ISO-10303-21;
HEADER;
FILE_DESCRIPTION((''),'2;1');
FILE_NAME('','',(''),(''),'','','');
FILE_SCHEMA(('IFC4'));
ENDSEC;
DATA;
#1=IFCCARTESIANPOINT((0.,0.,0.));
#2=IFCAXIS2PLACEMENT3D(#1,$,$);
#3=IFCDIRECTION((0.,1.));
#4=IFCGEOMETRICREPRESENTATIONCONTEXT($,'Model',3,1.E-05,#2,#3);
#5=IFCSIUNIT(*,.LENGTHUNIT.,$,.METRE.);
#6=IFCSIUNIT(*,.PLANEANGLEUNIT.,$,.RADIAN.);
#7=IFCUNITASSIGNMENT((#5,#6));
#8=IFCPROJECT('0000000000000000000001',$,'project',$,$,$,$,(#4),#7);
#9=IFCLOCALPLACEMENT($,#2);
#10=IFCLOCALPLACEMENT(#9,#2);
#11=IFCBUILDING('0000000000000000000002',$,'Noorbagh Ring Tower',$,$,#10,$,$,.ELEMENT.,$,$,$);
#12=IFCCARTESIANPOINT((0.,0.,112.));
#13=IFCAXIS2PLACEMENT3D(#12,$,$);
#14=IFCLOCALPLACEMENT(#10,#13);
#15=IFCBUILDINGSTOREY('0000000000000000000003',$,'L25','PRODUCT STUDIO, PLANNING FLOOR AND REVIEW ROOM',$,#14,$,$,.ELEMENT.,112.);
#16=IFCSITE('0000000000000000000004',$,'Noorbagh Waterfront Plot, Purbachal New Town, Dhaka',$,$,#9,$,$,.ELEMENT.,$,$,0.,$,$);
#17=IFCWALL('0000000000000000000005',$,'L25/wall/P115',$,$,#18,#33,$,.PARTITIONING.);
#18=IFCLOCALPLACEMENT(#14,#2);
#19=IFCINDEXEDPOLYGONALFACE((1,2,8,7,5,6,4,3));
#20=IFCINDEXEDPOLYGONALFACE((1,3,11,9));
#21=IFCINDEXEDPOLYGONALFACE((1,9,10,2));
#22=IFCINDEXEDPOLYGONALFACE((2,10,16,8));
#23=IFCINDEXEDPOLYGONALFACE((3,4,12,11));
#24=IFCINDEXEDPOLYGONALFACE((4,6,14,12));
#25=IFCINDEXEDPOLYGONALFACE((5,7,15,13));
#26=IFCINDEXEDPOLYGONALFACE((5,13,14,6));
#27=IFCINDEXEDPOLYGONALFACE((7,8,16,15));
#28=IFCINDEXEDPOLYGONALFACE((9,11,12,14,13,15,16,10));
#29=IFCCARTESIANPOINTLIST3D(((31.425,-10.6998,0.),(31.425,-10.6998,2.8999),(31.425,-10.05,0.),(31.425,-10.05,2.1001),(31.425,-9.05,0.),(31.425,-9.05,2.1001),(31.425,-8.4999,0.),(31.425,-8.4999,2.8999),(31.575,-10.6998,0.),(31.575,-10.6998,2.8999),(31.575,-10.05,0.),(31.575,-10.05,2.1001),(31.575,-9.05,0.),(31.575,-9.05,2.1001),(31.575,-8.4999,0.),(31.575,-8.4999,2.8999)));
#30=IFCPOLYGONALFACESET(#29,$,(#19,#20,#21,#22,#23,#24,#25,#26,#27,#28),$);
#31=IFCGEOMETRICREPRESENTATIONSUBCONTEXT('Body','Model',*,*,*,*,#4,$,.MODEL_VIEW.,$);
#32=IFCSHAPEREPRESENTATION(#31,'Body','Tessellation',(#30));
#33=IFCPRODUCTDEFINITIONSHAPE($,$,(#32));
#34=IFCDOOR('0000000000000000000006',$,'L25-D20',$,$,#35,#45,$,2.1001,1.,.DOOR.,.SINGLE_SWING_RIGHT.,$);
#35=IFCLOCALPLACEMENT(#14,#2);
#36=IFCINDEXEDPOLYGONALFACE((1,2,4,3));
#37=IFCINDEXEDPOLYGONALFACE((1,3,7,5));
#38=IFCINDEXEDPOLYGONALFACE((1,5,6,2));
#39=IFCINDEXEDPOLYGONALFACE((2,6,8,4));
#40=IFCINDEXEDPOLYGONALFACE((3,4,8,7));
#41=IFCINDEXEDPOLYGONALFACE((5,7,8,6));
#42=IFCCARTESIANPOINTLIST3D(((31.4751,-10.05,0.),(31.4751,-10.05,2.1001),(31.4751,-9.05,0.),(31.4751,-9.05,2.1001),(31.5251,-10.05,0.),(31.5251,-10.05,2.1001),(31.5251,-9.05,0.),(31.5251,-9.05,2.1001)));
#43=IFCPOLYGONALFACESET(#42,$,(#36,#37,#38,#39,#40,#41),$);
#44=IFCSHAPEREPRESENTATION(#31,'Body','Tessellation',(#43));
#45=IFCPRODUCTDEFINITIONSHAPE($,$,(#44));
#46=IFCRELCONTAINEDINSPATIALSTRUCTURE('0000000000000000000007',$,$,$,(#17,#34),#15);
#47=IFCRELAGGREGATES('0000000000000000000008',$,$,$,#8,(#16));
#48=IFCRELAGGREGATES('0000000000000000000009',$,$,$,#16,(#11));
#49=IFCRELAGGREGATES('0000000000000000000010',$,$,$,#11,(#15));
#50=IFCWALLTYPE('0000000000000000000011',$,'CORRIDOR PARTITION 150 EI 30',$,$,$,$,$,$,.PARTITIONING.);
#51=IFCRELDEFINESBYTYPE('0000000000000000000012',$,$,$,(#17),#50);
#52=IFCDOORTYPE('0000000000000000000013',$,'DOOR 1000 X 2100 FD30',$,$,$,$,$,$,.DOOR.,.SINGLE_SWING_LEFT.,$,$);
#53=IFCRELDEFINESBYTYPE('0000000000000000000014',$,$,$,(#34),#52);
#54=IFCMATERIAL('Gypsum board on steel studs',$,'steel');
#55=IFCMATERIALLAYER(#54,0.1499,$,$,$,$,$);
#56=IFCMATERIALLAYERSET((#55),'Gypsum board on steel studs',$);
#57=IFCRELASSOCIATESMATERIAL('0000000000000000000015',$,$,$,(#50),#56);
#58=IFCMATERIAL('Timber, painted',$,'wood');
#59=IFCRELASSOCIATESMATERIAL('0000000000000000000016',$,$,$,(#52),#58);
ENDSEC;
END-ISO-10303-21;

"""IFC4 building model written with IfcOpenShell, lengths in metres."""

from ifc_helpers import new_model, si_unit, direction, frame, frame_2d, origin, place, context, subcontext, project, spatial, rectangle, extrude, material, layer, layer_set, type_object, element, fill, save


model = new_model("IFC4")

# Units and contexts
model_context = context("Model", 3, precision=1e-05, world=origin(), true_north=direction((0.0, 1.0)))
body_context = subcontext(model_context, "Body", "Model", "MODEL_VIEW")
ifc_project = project(units=[si_unit("LENGTHUNIT", "METRE"), si_unit("PLANEANGLEUNIT", "RADIAN")], contexts=[model_context])

# Site, building, storey
site_placement = place(None, origin())
site = spatial("IfcSite", under=ifc_project, at=site_placement, Name="Noorbagh Waterfront Plot, Purbachal New Town, Dhaka", CompositionType="ELEMENT", RefElevation=0.0)
building_placement = place(site_placement, origin())
building = spatial("IfcBuilding", under=site, at=building_placement, Name="Noorbagh Ring Tower", CompositionType="ELEMENT")
storey_placement = place(building_placement, frame((0.0, 0.0, 112.0)))
storey = spatial("IfcBuildingStorey", under=building, at=storey_placement, Name="L25", Description="PRODUCT STUDIO, PLANNING FLOOR AND REVIEW ROOM", CompositionType="ELEMENT", Elevation=112.0)

# Wall, opening, door
ifc_material_1 = material(Name="Gypsum board on steel studs", Category="steel")
ifc_layer_1 = layer(ifc_material_1, 0.1499)
ifc_layer_set_1 = layer_set([ifc_layer_1], Name="Gypsum board on steel studs")
wall_type_1 = type_object("IfcWallType", Name="CORRIDOR PARTITION 150 EI 30", PredefinedType="PARTITIONING", material=ifc_layer_set_1)
wall_1_placement = place(storey_placement, frame((31.5, -10.7, 0.0), z_axis=(0.0, 0.0, 1.0), x_axis=(0.0, 1.0, 0.0)))
wall_1 = element("IfcWall", 1, at=wall_1_placement, inside=storey, type_object=wall_type_1, Name="L25/wall/P115", PredefinedType="PARTITIONING", context=body_context, shape_type="SweptSolid", body=[
    extrude(rectangle(XDim=2.2, YDim=0.1499, at=frame_2d((1.1001, 0.0))), origin(), (0.0, 0.0, 1.0), 2.8999),
])
opening_1_placement = place(wall_1_placement, frame((0.6499, 0.0, 0.0)))
opening_1 = element("IfcOpeningElement", 2, at=opening_1_placement, cuts=wall_1, PredefinedType="OPENING", context=body_context, shape_type="SweptSolid", body=[
    extrude(rectangle(XDim=1.0, YDim=2.1001, at=frame_2d((0.5, 1.05))), frame((0.0, 0.085, 0.0), z_axis=(0.0, -1.0, 0.0), x_axis=(1.0, 0.0, 0.0)), (0.0, 0.0, 1.0), 0.1699),
])
ifc_material_2 = material(Name="Timber, painted", Category="wood")
door_type_1 = type_object("IfcDoorType", Name="DOOR 1000 X 2100 FD30", OperationType="SINGLE_SWING_LEFT", PredefinedType="DOOR", material=ifc_material_2)
door_1_placement = place(opening_1_placement, origin())
door_1 = element("IfcDoor", 3, at=door_1_placement, inside=storey, type_object=door_type_1, Name="L25-D20", OperationType="SINGLE_SWING_RIGHT", OverallHeight=2.1001, OverallWidth=1.0, PredefinedType="DOOR", context=body_context, shape_type="SweptSolid", body=[
    extrude(rectangle(XDim=1.0, YDim=2.1001, at=frame_2d((0.5, 1.05))), frame((0.0, 0.0249, 0.0), z_axis=(0.0, -1.0, 0.0), x_axis=(1.0, 0.0, 0.0)), (0.0, 0.0, 1.0), 0.05),
])
fill(opening_1, door_1)

save(model, "model.ifc")
